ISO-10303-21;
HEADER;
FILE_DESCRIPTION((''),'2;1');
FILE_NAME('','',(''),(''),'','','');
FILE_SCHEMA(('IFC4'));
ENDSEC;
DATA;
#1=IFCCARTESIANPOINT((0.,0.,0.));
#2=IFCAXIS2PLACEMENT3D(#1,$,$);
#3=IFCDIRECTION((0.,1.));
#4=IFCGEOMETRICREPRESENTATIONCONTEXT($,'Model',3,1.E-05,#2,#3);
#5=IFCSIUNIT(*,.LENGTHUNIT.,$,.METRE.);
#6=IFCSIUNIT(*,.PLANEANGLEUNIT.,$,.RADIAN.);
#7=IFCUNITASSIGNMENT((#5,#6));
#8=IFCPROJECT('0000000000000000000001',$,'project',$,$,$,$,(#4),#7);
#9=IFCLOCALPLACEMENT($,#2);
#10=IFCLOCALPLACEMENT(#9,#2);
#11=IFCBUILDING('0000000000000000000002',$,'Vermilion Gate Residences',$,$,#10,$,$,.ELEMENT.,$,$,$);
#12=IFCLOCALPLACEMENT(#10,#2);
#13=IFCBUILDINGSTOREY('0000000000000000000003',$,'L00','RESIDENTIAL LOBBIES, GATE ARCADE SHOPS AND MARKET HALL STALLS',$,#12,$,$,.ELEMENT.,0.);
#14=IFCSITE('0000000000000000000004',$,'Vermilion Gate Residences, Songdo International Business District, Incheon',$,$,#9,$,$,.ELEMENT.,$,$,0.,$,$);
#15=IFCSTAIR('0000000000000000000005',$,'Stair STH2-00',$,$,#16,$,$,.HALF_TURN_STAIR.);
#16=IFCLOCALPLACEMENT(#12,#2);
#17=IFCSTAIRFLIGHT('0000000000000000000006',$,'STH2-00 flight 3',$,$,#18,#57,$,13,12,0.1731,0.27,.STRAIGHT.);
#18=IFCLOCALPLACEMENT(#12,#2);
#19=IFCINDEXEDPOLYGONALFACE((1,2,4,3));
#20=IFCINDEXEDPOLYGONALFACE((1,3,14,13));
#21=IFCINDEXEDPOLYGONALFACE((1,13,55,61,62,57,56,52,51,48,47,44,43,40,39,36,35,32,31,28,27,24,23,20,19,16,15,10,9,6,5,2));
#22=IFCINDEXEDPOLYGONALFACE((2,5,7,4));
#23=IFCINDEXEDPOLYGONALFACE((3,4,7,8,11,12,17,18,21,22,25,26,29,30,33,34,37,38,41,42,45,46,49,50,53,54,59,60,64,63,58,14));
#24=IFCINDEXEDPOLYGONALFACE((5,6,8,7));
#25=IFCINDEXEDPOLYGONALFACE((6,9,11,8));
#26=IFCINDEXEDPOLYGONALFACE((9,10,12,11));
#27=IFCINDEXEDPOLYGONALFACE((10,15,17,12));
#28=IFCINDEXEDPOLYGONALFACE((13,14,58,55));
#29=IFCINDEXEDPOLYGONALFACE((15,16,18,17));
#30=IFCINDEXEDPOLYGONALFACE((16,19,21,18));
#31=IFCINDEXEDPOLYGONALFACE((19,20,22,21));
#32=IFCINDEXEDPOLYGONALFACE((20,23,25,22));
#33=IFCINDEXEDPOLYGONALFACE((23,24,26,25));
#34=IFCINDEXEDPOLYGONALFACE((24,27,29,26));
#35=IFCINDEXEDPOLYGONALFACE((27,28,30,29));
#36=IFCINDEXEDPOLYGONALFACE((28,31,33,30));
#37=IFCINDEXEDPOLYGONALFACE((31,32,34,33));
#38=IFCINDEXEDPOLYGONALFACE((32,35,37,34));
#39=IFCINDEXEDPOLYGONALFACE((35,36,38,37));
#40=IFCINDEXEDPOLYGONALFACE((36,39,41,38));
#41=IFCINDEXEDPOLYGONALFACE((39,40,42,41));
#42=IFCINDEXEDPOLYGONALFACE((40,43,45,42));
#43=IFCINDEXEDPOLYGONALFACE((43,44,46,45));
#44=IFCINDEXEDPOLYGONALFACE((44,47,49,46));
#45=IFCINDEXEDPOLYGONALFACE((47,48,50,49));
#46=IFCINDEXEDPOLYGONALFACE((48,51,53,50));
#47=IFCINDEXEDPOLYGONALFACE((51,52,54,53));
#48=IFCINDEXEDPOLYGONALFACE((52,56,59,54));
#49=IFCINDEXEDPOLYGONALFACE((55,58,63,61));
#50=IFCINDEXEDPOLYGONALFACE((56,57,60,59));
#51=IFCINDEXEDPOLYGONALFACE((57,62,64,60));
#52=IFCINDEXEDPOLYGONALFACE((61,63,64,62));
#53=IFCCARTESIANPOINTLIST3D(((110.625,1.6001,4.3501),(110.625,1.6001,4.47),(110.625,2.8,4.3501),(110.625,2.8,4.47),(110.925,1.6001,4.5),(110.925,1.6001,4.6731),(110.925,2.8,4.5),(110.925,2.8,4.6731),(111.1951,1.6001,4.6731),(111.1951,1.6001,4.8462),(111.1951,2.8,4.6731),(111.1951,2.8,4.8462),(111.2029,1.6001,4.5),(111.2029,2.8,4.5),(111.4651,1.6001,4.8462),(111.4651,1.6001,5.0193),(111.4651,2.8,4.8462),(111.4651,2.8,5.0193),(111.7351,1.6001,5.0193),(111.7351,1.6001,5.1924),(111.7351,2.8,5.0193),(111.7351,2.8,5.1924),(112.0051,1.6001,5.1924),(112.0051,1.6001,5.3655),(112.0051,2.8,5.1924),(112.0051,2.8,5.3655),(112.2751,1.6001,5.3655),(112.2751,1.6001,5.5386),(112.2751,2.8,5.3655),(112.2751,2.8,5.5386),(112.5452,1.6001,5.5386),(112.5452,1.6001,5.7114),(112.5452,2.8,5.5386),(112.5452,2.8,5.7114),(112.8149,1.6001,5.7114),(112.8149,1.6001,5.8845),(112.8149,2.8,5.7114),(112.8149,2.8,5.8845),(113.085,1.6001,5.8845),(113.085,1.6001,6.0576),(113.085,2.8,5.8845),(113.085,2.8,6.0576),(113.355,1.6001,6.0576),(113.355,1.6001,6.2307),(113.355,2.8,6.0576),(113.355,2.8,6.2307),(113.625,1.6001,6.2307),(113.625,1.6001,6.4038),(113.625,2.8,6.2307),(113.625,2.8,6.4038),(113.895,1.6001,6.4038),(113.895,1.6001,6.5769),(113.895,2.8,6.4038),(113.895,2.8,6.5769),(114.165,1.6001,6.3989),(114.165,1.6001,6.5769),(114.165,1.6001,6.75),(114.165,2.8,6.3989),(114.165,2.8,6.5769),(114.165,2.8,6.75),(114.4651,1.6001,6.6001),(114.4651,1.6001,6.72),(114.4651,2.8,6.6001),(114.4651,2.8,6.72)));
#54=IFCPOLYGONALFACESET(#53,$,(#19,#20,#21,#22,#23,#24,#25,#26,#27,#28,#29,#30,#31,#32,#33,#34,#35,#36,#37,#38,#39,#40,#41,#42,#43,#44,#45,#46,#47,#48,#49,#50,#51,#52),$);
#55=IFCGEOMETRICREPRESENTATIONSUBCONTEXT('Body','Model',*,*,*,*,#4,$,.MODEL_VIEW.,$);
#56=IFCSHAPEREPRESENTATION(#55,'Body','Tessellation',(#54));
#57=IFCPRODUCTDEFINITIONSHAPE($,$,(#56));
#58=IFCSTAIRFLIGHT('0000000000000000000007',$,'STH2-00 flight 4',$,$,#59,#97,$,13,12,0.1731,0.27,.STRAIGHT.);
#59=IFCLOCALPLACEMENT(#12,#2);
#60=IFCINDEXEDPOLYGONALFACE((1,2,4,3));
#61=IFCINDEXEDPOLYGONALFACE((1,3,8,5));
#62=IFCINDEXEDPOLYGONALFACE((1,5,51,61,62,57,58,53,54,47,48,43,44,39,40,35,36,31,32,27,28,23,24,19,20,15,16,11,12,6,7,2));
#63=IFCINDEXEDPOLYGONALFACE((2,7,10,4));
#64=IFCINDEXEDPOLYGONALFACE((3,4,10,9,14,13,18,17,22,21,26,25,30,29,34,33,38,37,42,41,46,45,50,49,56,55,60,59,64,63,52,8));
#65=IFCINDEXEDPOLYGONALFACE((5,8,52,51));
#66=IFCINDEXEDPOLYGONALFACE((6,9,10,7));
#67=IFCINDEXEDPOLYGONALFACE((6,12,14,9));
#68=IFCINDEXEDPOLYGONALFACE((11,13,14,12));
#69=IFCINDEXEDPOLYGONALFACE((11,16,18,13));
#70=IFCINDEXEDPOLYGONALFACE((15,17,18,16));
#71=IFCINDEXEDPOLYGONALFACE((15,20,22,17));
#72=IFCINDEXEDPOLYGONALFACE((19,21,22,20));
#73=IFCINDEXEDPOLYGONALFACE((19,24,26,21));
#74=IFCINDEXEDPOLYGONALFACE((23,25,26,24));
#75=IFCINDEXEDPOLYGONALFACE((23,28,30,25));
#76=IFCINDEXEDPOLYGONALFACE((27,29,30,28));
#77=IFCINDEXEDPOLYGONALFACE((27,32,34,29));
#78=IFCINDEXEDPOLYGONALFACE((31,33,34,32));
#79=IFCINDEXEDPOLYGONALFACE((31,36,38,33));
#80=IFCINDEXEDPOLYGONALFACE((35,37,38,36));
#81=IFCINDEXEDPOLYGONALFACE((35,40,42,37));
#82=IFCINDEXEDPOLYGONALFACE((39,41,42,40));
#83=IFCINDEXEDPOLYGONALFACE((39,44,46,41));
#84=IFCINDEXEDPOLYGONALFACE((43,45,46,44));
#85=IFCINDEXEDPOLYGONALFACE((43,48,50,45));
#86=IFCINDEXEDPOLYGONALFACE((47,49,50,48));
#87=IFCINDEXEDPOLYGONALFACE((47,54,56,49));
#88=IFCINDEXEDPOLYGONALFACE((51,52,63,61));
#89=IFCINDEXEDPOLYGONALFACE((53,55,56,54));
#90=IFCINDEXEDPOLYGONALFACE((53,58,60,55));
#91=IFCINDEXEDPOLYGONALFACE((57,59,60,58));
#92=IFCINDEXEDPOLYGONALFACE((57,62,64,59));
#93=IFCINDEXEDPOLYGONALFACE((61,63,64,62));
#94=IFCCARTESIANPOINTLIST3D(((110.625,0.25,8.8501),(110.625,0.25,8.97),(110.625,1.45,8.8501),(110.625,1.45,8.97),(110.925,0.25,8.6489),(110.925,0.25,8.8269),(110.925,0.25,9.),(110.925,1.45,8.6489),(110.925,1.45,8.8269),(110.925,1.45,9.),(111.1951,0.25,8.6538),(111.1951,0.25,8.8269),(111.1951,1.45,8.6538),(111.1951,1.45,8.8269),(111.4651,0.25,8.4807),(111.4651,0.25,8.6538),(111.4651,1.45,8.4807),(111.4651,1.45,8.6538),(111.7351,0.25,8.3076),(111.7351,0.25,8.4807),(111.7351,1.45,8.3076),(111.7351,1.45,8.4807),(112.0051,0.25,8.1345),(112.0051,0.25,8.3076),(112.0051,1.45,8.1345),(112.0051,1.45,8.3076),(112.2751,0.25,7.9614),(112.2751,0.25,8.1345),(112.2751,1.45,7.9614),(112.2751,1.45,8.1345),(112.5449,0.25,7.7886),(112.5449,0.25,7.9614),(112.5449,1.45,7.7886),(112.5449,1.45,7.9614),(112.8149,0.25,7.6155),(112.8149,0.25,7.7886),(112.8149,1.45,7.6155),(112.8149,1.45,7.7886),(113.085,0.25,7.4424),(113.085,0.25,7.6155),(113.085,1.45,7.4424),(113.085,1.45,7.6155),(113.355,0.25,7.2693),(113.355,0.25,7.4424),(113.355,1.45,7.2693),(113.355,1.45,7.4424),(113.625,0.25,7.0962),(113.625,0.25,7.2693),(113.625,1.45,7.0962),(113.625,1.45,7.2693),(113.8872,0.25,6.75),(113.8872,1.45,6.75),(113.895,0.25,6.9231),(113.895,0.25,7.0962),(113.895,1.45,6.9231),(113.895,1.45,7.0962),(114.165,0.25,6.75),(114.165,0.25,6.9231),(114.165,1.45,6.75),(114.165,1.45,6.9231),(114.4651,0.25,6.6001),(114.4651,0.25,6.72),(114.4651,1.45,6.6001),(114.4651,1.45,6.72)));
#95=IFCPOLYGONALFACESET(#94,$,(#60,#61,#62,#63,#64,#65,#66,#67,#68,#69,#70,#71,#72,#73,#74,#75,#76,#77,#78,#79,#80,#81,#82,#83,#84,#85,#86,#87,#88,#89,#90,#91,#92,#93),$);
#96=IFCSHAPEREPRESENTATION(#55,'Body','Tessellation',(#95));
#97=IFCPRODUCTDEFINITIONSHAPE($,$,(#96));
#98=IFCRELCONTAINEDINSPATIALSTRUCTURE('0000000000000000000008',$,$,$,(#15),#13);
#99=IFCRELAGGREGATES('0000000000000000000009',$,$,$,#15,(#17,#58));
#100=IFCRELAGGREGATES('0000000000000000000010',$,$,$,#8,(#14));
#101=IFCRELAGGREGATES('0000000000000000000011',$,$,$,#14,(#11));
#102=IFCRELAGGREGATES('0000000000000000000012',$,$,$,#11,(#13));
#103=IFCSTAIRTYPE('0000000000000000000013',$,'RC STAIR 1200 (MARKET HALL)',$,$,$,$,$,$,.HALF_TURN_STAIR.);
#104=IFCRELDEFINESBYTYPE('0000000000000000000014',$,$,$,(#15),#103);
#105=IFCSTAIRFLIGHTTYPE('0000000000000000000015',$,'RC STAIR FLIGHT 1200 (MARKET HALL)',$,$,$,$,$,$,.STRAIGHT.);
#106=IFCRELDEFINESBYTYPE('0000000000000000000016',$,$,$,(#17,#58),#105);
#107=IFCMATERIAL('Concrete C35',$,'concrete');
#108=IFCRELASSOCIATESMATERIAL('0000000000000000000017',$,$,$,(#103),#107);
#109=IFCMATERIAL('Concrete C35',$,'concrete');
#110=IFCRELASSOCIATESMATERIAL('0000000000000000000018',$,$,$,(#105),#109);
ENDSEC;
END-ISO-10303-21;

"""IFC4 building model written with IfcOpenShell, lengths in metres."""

from ifc_helpers import new_model, si_unit, direction, frame, origin, place, context, subcontext, project, spatial, polyline, outline, extrude, material, type_object, element, aggregate, save


model = new_model("IFC4")

# Units and contexts
model_context = context("Model", 3, precision=1e-05, world=origin(), true_north=direction((0.0, 1.0)))
body_context = subcontext(model_context, "Body", "Model", "MODEL_VIEW")
ifc_project = project(units=[si_unit("LENGTHUNIT", "METRE"), si_unit("PLANEANGLEUNIT", "RADIAN")], contexts=[model_context])

# Site, building, storey
site_placement = place(None, origin())
site = spatial("IfcSite", under=ifc_project, at=site_placement, Name="Vermilion Gate Residences, Songdo International Business District, Incheon", CompositionType="ELEMENT", RefElevation=0.0)
building_placement = place(site_placement, origin())
building = spatial("IfcBuilding", under=site, at=building_placement, Name="Vermilion Gate Residences", CompositionType="ELEMENT")
storey_placement = place(building_placement, origin())
storey = spatial("IfcBuildingStorey", under=building, at=storey_placement, Name="L00", Description="RESIDENTIAL LOBBIES, GATE ARCADE SHOPS AND MARKET HALL STALLS", CompositionType="ELEMENT", Elevation=0.0)

# Stair, stair flights
ifc_material_1 = material(Name="Concrete C35", Category="concrete")
stair_type = type_object("IfcStairType", Name="RC STAIR 1200 (MARKET HALL)", PredefinedType="HALF_TURN_STAIR", material=ifc_material_1)
stair_placement = place(storey_placement, origin())
stair = element("IfcStair", 1, at=stair_placement, inside=storey, type_object=stair_type, Name="Stair STH2-00", PredefinedType="HALF_TURN_STAIR")
ifc_material_2 = material(Name="Concrete C35", Category="concrete")
stair_flight_type = type_object("IfcStairFlightType", Name="RC STAIR FLIGHT 1200 (MARKET HALL)", PredefinedType="STRAIGHT", material=ifc_material_2)
stair_flight_1_placement = place(storey_placement, frame((110.925, 2.2, 4.5), z_axis=(0.0, 0.0, 1.0), x_axis=(1.0, 0.0, 0.0)))
stair_flight_1 = element("IfcStairFlight", 2, at=stair_flight_1_placement, type_object=stair_flight_type, Name="STH2-00 flight 3", NumberOfRisers=13, NumberOfTreads=12, PredefinedType="STRAIGHT", RiserHeight=0.1731, TreadLength=0.27, context=body_context, shape_type="SweptSolid", body=[
    extrude(outline(polyline([(-0.3, -0.1499), (-0.3, -0.03), (0.0, 0.0), (0.0, 0.1731), (0.27, 0.1731), (0.27, 0.3462), (0.54, 0.3462), (0.54, 0.5193), (0.8101, 0.5193), (0.8101, 0.6924), (1.0801, 0.6924), (1.0801, 0.8655), (1.3501, 0.8655), (1.3501, 1.0386), (1.6201, 1.0386), (1.6201, 1.2114), (1.8899, 1.2114), (1.8899, 1.3845), (2.1599, 1.3845), (2.1599, 1.5576), (2.4299, 1.5576), (2.4299, 1.7307), (2.7, 1.7307), (2.7, 1.9038), (2.97, 1.9038), (2.97, 2.0769), (3.24, 2.0769), (3.24, 2.25), (3.54, 2.22), (3.54, 2.1001), (3.24, 1.8989), (0.2778, 0.0), (-0.3, -0.1499)])), frame((0.0, 0.6001, 0.0), z_axis=(0.0, -1.0, 0.0), x_axis=(1.0, 0.0, 0.0)), (0.0, 0.0, 1.0), 1.2),
])
stair_flight_2_placement = place(storey_placement, frame((114.165, 0.8501, 6.75), z_axis=(0.0, 0.0, 1.0), x_axis=(-1.0, 0.0, 0.0)))
stair_flight_2 = element("IfcStairFlight", 3, at=stair_flight_2_placement, type_object=stair_flight_type, Name="STH2-00 flight 4", NumberOfRisers=13, NumberOfTreads=12, PredefinedType="STRAIGHT", RiserHeight=0.1731, TreadLength=0.27, context=body_context, shape_type="SweptSolid", body=[
    extrude(outline(polyline([(-0.3, -0.1499), (-0.3, -0.03), (0.0, 0.0), (0.0, 0.1731), (0.27, 0.1731), (0.27, 0.3462), (0.54, 0.3462), (0.54, 0.5193), (0.8101, 0.5193), (0.8101, 0.6924), (1.0801, 0.6924), (1.0801, 0.8655), (1.3501, 0.8655), (1.3501, 1.0386), (1.6201, 1.0386), (1.6201, 1.2114), (1.8899, 1.2114), (1.8899, 1.3845), (2.1599, 1.3845), (2.1599, 1.5576), (2.4299, 1.5576), (2.4299, 1.7307), (2.7, 1.7307), (2.7, 1.9038), (2.97, 1.9038), (2.97, 2.0769), (3.24, 2.0769), (3.24, 2.25), (3.54, 2.22), (3.54, 2.1001), (3.24, 1.8989), (0.2778, 0.0), (-0.3, -0.1499)])), frame((0.0, 0.6001, 0.0), z_axis=(0.0, -1.0, 0.0), x_axis=(1.0, 0.0, 0.0)), (0.0, 0.0, 1.0), 1.2),
])
aggregate(stair, [stair_flight_1, stair_flight_2])

save(model, "model.ifc")
